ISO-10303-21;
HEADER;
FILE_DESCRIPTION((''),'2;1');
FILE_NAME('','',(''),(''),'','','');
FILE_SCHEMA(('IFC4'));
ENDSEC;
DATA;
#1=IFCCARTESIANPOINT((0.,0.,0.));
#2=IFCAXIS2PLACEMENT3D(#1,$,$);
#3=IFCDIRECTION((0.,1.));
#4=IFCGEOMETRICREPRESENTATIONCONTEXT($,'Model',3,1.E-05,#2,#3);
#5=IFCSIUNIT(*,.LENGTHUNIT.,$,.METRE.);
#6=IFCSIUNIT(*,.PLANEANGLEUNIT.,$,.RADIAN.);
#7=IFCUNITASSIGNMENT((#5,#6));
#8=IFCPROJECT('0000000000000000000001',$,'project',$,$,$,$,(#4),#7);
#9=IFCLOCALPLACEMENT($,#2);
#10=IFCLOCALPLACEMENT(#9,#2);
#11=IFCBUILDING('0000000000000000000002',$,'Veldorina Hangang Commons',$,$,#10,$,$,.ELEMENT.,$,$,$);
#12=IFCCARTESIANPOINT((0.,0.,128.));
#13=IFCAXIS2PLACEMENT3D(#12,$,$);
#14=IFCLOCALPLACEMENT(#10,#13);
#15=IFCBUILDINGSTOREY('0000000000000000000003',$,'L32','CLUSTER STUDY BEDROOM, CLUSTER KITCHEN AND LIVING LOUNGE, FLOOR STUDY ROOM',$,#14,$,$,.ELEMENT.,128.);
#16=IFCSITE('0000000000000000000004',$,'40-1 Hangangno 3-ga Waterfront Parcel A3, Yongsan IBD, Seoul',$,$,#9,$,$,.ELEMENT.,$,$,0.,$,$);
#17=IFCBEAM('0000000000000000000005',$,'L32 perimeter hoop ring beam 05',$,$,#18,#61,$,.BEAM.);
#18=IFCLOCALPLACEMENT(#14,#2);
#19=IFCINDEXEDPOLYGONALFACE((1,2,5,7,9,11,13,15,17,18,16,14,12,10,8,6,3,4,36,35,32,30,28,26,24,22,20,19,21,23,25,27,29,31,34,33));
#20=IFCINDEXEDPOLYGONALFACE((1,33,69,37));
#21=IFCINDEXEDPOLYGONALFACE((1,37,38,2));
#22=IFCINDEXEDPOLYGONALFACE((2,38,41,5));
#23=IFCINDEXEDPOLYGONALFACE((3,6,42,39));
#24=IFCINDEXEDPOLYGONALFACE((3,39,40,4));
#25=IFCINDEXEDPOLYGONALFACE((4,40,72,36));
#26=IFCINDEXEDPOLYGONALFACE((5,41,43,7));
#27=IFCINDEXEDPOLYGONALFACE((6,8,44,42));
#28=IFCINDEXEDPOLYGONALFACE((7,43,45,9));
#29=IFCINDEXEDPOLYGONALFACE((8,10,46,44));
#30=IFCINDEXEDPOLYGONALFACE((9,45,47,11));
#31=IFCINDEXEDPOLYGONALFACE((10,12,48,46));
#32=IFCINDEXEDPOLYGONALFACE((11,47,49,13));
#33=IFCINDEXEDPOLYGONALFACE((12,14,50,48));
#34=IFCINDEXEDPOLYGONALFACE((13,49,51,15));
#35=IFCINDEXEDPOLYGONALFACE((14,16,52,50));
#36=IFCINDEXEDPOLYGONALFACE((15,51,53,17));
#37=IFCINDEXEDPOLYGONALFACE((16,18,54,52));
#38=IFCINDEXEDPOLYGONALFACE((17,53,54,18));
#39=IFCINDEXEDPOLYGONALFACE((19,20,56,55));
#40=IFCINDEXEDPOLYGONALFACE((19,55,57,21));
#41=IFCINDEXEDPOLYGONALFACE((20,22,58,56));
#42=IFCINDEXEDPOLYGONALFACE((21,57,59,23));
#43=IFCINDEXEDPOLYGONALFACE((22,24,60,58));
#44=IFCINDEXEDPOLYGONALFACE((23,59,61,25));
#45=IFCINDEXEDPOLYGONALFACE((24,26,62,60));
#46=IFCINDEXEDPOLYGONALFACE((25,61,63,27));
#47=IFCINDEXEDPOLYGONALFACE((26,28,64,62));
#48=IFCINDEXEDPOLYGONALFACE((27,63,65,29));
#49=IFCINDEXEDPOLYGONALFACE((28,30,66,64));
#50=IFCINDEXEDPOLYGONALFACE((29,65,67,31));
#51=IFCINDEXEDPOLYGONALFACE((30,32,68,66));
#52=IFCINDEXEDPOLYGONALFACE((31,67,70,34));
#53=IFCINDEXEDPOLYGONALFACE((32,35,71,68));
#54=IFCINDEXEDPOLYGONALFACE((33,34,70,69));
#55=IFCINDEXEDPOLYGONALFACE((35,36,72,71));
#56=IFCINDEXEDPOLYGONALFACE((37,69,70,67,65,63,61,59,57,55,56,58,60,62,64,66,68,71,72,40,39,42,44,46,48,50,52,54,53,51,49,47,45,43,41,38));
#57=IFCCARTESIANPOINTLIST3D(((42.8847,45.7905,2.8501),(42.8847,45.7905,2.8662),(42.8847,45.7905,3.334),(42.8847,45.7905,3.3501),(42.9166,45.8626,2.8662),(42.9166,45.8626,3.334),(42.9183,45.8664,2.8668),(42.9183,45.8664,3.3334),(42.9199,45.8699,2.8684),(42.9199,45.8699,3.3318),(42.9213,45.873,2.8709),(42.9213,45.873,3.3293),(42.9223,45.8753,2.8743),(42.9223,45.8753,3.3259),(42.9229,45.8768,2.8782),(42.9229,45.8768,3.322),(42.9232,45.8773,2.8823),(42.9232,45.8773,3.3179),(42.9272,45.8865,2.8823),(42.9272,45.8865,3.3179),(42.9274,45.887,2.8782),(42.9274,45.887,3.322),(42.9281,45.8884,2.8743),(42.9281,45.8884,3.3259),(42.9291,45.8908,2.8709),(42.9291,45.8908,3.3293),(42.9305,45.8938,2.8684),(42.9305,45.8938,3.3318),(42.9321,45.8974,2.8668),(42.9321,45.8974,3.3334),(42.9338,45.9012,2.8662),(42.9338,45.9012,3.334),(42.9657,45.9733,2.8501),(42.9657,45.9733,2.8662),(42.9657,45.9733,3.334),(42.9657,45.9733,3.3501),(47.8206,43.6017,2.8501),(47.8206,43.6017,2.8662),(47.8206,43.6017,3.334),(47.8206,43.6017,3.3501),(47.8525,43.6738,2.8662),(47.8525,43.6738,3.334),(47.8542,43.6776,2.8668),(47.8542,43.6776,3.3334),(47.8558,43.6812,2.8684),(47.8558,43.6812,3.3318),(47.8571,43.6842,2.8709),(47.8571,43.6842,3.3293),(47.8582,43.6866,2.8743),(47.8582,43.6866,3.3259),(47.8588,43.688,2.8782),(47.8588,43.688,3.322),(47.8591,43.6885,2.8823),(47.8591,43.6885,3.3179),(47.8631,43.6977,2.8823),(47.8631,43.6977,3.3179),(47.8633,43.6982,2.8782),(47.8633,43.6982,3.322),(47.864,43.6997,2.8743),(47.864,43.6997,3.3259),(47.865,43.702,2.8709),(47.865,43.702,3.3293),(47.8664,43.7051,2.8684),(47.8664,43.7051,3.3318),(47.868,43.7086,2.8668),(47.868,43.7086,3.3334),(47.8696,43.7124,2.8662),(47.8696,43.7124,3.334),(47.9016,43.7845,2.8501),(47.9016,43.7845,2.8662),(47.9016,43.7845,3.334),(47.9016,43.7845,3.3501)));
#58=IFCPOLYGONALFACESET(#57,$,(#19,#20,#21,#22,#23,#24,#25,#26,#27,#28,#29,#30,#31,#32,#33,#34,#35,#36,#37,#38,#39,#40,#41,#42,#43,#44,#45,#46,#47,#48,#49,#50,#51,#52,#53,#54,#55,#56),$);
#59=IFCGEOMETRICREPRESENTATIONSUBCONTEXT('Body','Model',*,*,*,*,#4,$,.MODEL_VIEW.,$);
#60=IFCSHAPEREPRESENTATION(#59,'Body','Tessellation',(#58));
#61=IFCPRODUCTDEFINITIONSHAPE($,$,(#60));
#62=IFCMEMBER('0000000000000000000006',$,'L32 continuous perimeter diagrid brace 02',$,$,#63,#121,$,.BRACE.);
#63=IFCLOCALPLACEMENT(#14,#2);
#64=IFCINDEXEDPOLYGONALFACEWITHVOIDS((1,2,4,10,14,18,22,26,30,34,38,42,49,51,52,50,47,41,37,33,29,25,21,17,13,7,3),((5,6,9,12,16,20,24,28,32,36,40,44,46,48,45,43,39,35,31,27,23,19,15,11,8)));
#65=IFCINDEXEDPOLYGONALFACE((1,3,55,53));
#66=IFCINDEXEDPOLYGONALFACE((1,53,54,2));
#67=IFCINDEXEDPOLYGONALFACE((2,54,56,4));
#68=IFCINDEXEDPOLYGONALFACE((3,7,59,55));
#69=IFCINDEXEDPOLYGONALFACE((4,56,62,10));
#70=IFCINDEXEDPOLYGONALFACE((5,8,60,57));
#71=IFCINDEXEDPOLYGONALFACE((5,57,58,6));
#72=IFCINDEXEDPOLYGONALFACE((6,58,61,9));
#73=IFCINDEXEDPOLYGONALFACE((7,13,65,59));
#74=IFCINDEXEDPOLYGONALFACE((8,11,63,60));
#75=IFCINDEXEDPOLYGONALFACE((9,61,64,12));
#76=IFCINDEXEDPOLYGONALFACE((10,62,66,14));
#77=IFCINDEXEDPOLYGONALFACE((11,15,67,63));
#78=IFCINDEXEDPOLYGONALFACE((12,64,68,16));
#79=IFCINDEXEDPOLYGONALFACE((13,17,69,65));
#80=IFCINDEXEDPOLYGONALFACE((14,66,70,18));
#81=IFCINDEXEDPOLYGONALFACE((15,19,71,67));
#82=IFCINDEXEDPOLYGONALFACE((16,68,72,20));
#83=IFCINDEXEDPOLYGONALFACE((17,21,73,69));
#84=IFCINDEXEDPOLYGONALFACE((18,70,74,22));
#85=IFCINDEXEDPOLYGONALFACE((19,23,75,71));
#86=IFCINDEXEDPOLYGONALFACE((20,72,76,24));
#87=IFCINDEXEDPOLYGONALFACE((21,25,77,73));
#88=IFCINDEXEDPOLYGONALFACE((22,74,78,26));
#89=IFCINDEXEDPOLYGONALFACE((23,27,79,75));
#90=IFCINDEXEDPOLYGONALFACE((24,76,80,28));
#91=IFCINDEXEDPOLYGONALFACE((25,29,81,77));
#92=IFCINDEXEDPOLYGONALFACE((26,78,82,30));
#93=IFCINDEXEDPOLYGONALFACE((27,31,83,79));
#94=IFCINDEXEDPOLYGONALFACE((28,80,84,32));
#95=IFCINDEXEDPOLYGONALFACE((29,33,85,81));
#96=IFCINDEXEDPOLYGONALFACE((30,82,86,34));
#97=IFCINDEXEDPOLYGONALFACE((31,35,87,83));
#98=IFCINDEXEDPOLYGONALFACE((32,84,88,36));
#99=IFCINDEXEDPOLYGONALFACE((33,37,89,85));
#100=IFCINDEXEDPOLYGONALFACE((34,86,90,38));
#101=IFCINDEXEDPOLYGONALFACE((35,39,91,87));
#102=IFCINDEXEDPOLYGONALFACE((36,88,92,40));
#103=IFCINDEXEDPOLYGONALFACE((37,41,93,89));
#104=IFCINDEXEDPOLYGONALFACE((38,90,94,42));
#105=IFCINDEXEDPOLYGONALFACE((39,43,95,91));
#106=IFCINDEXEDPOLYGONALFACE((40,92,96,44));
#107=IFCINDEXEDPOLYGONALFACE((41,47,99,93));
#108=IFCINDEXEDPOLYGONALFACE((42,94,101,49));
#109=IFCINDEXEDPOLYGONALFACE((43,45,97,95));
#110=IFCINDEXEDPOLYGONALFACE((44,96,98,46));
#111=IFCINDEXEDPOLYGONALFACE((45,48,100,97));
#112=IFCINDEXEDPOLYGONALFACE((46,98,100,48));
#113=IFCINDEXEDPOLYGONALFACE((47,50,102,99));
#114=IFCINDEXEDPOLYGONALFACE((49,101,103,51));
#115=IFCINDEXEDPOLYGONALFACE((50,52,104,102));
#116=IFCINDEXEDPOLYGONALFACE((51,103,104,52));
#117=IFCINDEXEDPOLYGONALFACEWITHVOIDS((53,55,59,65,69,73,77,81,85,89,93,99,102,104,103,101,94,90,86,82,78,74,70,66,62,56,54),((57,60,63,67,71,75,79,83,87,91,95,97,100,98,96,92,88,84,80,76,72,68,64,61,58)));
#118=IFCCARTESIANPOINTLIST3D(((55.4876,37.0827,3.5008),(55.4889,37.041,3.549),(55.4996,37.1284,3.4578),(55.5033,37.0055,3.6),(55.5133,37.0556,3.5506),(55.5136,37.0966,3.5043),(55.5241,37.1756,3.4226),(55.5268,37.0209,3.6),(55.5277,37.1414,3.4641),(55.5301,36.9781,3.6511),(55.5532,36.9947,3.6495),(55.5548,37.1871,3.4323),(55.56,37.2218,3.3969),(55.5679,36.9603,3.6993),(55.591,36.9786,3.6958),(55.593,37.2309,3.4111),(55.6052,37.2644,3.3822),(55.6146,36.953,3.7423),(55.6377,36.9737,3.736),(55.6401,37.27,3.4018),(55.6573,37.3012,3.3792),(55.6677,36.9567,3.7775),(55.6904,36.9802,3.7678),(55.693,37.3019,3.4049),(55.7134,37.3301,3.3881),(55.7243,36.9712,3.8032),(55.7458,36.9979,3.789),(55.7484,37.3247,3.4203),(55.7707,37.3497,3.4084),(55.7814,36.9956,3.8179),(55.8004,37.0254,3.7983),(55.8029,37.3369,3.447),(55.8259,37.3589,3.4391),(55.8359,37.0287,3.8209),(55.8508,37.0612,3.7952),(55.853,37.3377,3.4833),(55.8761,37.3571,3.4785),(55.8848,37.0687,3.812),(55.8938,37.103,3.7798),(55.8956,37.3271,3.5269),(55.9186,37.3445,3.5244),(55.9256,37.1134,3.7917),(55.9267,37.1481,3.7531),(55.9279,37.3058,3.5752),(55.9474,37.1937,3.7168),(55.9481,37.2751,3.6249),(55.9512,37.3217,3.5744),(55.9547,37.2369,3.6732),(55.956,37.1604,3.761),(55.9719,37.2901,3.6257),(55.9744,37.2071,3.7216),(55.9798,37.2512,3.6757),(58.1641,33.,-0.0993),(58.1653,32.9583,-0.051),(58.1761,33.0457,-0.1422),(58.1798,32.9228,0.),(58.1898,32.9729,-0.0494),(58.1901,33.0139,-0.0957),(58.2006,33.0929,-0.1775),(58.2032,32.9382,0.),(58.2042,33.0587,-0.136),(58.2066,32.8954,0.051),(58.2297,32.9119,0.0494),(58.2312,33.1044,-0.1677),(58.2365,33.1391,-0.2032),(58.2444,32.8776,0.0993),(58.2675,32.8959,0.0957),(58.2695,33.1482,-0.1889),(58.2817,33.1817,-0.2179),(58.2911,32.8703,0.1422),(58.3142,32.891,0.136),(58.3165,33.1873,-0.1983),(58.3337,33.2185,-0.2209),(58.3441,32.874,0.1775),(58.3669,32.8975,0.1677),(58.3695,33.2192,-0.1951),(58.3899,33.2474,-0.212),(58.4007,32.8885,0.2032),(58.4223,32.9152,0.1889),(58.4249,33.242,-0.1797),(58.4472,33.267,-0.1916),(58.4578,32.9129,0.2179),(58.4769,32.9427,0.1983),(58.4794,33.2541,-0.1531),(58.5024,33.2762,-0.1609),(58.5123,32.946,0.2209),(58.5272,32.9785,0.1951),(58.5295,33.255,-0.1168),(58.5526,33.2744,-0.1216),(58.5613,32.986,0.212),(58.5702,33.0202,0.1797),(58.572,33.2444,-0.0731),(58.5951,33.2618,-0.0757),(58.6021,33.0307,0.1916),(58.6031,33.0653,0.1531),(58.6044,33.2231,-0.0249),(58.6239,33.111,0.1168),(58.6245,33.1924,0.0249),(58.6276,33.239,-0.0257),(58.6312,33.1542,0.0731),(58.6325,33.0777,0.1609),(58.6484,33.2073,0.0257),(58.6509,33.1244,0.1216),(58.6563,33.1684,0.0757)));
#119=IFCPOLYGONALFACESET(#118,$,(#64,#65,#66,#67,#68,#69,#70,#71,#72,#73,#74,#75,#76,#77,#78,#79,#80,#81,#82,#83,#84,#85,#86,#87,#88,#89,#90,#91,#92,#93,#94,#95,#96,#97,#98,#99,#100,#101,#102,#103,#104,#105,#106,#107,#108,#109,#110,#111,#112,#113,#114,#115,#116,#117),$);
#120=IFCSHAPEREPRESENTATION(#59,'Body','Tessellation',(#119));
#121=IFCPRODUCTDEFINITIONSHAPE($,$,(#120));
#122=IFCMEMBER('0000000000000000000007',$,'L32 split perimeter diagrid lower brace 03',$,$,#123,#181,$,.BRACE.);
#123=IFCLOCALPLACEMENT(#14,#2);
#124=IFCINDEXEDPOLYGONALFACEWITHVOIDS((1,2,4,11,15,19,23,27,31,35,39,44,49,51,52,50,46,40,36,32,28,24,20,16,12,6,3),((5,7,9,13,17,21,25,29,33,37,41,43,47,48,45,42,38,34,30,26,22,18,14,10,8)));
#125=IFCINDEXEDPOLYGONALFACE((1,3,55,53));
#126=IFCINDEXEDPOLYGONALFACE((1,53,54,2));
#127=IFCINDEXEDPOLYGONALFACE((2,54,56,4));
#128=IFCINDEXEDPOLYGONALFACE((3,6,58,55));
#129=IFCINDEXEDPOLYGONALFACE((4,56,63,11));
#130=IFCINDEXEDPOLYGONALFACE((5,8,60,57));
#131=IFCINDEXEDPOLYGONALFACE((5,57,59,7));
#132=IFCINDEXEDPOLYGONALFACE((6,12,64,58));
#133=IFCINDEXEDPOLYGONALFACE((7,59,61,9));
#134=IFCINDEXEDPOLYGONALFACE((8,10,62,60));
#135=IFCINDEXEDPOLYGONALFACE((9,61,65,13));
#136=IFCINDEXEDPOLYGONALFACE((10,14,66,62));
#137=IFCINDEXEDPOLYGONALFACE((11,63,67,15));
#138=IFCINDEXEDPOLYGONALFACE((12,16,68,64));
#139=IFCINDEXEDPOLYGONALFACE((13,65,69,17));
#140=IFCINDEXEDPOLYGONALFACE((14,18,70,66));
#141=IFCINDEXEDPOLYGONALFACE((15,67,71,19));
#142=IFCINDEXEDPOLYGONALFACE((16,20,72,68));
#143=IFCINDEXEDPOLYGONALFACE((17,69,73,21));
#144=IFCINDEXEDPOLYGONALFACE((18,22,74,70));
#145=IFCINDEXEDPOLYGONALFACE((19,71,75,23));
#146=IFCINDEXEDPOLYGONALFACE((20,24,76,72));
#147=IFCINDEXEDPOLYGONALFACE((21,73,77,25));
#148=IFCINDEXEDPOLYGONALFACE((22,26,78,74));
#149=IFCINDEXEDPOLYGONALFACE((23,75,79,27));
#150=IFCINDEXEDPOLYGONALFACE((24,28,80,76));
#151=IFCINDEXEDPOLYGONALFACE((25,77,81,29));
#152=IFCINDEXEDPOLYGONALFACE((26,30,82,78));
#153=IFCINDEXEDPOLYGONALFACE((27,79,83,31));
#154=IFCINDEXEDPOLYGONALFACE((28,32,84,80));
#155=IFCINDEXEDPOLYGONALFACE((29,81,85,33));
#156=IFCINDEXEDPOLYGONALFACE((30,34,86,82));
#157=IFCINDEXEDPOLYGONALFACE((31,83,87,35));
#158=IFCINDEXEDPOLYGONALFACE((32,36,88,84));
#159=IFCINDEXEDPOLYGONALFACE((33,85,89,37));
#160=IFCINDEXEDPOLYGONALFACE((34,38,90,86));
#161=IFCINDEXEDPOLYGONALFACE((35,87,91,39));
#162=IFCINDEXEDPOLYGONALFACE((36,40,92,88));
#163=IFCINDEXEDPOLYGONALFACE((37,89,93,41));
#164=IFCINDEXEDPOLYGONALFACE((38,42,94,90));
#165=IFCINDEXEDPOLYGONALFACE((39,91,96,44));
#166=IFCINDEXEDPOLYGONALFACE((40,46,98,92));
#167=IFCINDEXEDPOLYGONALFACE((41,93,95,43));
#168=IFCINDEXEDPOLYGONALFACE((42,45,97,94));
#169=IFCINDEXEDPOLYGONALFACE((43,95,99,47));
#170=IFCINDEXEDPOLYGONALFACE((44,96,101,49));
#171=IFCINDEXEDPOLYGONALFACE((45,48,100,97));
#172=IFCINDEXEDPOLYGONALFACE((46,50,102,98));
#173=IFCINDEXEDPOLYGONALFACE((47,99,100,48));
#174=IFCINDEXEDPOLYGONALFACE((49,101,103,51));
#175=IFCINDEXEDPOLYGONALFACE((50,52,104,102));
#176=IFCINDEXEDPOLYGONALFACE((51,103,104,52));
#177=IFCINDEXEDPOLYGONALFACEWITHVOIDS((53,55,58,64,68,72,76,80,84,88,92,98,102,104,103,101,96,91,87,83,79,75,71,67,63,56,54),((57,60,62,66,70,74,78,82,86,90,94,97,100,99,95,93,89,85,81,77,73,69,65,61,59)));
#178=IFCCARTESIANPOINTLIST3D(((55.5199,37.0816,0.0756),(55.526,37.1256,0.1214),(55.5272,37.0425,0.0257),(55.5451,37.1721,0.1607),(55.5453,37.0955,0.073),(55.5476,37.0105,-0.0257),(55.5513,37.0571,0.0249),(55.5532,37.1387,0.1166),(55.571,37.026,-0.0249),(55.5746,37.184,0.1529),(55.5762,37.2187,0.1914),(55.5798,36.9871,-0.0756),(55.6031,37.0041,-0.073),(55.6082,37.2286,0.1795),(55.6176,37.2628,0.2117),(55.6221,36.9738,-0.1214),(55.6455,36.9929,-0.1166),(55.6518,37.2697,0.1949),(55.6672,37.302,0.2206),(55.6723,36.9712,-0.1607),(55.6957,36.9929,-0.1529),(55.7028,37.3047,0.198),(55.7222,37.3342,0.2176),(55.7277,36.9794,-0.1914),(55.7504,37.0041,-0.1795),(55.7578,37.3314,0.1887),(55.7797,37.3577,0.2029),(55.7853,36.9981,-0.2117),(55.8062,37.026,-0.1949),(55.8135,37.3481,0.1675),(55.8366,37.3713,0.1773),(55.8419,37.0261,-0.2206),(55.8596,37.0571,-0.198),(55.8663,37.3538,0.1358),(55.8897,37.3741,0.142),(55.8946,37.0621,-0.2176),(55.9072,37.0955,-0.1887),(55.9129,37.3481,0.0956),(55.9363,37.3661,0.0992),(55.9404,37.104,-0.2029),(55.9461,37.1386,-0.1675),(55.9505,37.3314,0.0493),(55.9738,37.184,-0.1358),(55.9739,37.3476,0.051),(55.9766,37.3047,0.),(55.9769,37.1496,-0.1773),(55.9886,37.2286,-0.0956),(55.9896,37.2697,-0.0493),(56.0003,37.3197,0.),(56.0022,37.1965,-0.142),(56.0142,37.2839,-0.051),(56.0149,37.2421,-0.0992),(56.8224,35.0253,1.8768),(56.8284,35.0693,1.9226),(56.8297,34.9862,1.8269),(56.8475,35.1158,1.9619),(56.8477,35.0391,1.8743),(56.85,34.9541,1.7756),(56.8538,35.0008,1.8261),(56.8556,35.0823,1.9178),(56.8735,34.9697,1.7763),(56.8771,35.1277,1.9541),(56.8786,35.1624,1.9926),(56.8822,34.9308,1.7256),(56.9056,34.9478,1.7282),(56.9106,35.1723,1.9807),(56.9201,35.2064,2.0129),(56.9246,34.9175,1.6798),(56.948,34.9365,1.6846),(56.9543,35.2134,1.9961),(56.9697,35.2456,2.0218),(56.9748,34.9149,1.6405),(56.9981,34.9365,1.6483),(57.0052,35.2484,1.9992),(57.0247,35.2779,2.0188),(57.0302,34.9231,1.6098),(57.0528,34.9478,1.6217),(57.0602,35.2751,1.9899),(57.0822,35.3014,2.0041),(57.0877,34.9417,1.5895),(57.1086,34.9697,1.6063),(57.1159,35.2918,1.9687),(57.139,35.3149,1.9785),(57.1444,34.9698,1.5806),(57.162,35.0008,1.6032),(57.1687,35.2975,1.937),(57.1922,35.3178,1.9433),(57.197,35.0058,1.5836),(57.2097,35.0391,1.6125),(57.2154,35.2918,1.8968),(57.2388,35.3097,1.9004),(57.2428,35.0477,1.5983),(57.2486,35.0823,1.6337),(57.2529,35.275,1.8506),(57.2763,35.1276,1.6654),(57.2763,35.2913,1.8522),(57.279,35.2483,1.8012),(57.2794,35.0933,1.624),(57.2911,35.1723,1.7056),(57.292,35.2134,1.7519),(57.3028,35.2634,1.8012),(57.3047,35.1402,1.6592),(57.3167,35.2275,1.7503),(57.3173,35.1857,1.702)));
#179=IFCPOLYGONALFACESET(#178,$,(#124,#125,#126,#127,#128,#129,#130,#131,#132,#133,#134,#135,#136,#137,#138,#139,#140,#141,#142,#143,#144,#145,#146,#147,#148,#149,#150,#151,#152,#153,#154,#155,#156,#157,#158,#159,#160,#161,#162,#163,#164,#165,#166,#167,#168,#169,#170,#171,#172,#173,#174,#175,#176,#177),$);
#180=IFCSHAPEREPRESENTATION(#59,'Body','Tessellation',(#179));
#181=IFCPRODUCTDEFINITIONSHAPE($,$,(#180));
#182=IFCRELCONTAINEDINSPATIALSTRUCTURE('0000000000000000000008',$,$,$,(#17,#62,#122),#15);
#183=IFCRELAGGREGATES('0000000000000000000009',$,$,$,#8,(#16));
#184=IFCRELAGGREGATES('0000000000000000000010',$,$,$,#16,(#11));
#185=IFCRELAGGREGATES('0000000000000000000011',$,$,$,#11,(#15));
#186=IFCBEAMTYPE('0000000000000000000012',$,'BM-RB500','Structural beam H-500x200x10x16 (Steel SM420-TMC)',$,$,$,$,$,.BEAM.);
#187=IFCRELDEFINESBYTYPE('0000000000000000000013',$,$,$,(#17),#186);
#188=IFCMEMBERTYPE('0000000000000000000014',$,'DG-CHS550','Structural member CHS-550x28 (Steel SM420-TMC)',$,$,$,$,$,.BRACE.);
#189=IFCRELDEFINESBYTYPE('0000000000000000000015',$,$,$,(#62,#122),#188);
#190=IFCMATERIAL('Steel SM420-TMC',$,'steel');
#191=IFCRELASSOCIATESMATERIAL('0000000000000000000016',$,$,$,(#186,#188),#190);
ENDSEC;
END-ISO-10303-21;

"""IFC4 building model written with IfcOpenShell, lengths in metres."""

from ifc_helpers import new_model, si_unit, direction, frame, origin, origin_2d, place, context, subcontext, project, spatial, hollow_circle, i_section, extrude, material, material_profile, profile_set, type_object, element, save


model = new_model("IFC4")

# Units and contexts
model_context = context("Model", 3, precision=1e-05, world=origin(), true_north=direction((0.0, 1.0)))
body_context = subcontext(model_context, "Body", "Model", "MODEL_VIEW")
ifc_project = project(units=[si_unit("LENGTHUNIT", "METRE"), si_unit("PLANEANGLEUNIT", "RADIAN")], contexts=[model_context])

# Site, building, storey
site_placement = place(None, origin())
site = spatial("IfcSite", under=ifc_project, at=site_placement, Name="40-1 Hangangno 3-ga Waterfront Parcel A3, Yongsan IBD, Seoul", CompositionType="ELEMENT", RefElevation=0.0)
building_placement = place(site_placement, origin())
building = spatial("IfcBuilding", under=site, at=building_placement, Name="Veldorina Hangang Commons", CompositionType="ELEMENT")
storey_placement = place(building_placement, frame((0.0, 0.0, 128.0)))
storey = spatial("IfcBuildingStorey", under=building, at=storey_placement, Name="L32", Description="CLUSTER STUDY BEDROOM, CLUSTER KITCHEN AND LIVING LOUNGE, FLOOR STUDY ROOM", CompositionType="ELEMENT", Elevation=128.0)

# Beam
ifc_material_1 = material(Name="Steel SM420-TMC", Category="steel")
ifc_material_profile_1 = material_profile(ifc_material_1, i_section(OverallWidth=0.2, OverallDepth=0.5, WebThickness=0.01, FlangeThickness=0.0161, FilletRadius=0.0161, at=origin_2d()), Name="H-500x200x10x16")
ifc_profile_set_1 = profile_set([ifc_material_profile_1], Name="Steel SM420-TMC")
beam_type_1 = type_object("IfcBeamType", Name="BM-RB500", Description="Structural beam H-500x200x10x16 (Steel SM420-TMC)", PredefinedType="BEAM", material=ifc_profile_set_1)
beam_1_placement = place(storey_placement, frame((47.8611, 43.6931, 3.1001), z_axis=(-0.914152, 0.405371, 0.0), x_axis=(-0.405371, -0.914152, 0.0)))
element("IfcBeam", 1, at=beam_1_placement, inside=storey, type_object=beam_type_1, Name="L32 perimeter hoop ring beam 05", PredefinedType="BEAM", context=body_context, shape_type="SweptSolid", body=[
    extrude(i_section(OverallWidth=0.2, OverallDepth=0.5, WebThickness=0.01, FlangeThickness=0.0161, FilletRadius=0.0161, at=origin_2d()), origin(), (0.0, 0.0, 1.0), 5.3994),
])

# Members
ifc_material_profile_2 = material_profile(ifc_material_1, hollow_circle(Radius=0.2749, WallThickness=0.0281, at=origin_2d()), Name="CHS-550x28")
ifc_profile_set_2 = profile_set([ifc_material_profile_2], Name="Steel SM420-TMC")
member_type = type_object("IfcMemberType", Name="DG-CHS550", Description="Structural member CHS-550x28 (Steel SM420-TMC)", PredefinedType="BRACE", material=ifc_profile_set_2)
member_1_placement = place(storey_placement, frame((58.4097, 33.0735, 0.0), z_axis=(-0.44125, 0.673084, 0.593512), x_axis=(-0.836311, -0.548255, 0.0)))
element("IfcMember", 2, at=member_1_placement, inside=storey, type_object=member_type, Name="L32 continuous perimeter diagrid brace 02", PredefinedType="BRACE", context=body_context, shape_type="SweptSolid", body=[
    extrude(hollow_circle(Radius=0.2749, WallThickness=0.0281, at=origin_2d()), origin(), (0.0, 0.0, 1.0), 6.0657),
])
member_2_placement = place(storey_placement, frame((55.7681, 37.1726, 0.0), z_axis=(0.430124, -0.679089, 0.594837), x_axis=(0.844799, 0.535083, 0.0)))
element("IfcMember", 3, at=member_2_placement, inside=storey, type_object=member_type, Name="L32 split perimeter diagrid lower brace 03", PredefinedType="BRACE", context=body_context, shape_type="SweptSolid", body=[
    extrude(hollow_circle(Radius=0.2749, WallThickness=0.0281, at=origin_2d()), origin(), (0.0, 0.0, 1.0), 3.0281),
])

save(model, "model.ifc")
